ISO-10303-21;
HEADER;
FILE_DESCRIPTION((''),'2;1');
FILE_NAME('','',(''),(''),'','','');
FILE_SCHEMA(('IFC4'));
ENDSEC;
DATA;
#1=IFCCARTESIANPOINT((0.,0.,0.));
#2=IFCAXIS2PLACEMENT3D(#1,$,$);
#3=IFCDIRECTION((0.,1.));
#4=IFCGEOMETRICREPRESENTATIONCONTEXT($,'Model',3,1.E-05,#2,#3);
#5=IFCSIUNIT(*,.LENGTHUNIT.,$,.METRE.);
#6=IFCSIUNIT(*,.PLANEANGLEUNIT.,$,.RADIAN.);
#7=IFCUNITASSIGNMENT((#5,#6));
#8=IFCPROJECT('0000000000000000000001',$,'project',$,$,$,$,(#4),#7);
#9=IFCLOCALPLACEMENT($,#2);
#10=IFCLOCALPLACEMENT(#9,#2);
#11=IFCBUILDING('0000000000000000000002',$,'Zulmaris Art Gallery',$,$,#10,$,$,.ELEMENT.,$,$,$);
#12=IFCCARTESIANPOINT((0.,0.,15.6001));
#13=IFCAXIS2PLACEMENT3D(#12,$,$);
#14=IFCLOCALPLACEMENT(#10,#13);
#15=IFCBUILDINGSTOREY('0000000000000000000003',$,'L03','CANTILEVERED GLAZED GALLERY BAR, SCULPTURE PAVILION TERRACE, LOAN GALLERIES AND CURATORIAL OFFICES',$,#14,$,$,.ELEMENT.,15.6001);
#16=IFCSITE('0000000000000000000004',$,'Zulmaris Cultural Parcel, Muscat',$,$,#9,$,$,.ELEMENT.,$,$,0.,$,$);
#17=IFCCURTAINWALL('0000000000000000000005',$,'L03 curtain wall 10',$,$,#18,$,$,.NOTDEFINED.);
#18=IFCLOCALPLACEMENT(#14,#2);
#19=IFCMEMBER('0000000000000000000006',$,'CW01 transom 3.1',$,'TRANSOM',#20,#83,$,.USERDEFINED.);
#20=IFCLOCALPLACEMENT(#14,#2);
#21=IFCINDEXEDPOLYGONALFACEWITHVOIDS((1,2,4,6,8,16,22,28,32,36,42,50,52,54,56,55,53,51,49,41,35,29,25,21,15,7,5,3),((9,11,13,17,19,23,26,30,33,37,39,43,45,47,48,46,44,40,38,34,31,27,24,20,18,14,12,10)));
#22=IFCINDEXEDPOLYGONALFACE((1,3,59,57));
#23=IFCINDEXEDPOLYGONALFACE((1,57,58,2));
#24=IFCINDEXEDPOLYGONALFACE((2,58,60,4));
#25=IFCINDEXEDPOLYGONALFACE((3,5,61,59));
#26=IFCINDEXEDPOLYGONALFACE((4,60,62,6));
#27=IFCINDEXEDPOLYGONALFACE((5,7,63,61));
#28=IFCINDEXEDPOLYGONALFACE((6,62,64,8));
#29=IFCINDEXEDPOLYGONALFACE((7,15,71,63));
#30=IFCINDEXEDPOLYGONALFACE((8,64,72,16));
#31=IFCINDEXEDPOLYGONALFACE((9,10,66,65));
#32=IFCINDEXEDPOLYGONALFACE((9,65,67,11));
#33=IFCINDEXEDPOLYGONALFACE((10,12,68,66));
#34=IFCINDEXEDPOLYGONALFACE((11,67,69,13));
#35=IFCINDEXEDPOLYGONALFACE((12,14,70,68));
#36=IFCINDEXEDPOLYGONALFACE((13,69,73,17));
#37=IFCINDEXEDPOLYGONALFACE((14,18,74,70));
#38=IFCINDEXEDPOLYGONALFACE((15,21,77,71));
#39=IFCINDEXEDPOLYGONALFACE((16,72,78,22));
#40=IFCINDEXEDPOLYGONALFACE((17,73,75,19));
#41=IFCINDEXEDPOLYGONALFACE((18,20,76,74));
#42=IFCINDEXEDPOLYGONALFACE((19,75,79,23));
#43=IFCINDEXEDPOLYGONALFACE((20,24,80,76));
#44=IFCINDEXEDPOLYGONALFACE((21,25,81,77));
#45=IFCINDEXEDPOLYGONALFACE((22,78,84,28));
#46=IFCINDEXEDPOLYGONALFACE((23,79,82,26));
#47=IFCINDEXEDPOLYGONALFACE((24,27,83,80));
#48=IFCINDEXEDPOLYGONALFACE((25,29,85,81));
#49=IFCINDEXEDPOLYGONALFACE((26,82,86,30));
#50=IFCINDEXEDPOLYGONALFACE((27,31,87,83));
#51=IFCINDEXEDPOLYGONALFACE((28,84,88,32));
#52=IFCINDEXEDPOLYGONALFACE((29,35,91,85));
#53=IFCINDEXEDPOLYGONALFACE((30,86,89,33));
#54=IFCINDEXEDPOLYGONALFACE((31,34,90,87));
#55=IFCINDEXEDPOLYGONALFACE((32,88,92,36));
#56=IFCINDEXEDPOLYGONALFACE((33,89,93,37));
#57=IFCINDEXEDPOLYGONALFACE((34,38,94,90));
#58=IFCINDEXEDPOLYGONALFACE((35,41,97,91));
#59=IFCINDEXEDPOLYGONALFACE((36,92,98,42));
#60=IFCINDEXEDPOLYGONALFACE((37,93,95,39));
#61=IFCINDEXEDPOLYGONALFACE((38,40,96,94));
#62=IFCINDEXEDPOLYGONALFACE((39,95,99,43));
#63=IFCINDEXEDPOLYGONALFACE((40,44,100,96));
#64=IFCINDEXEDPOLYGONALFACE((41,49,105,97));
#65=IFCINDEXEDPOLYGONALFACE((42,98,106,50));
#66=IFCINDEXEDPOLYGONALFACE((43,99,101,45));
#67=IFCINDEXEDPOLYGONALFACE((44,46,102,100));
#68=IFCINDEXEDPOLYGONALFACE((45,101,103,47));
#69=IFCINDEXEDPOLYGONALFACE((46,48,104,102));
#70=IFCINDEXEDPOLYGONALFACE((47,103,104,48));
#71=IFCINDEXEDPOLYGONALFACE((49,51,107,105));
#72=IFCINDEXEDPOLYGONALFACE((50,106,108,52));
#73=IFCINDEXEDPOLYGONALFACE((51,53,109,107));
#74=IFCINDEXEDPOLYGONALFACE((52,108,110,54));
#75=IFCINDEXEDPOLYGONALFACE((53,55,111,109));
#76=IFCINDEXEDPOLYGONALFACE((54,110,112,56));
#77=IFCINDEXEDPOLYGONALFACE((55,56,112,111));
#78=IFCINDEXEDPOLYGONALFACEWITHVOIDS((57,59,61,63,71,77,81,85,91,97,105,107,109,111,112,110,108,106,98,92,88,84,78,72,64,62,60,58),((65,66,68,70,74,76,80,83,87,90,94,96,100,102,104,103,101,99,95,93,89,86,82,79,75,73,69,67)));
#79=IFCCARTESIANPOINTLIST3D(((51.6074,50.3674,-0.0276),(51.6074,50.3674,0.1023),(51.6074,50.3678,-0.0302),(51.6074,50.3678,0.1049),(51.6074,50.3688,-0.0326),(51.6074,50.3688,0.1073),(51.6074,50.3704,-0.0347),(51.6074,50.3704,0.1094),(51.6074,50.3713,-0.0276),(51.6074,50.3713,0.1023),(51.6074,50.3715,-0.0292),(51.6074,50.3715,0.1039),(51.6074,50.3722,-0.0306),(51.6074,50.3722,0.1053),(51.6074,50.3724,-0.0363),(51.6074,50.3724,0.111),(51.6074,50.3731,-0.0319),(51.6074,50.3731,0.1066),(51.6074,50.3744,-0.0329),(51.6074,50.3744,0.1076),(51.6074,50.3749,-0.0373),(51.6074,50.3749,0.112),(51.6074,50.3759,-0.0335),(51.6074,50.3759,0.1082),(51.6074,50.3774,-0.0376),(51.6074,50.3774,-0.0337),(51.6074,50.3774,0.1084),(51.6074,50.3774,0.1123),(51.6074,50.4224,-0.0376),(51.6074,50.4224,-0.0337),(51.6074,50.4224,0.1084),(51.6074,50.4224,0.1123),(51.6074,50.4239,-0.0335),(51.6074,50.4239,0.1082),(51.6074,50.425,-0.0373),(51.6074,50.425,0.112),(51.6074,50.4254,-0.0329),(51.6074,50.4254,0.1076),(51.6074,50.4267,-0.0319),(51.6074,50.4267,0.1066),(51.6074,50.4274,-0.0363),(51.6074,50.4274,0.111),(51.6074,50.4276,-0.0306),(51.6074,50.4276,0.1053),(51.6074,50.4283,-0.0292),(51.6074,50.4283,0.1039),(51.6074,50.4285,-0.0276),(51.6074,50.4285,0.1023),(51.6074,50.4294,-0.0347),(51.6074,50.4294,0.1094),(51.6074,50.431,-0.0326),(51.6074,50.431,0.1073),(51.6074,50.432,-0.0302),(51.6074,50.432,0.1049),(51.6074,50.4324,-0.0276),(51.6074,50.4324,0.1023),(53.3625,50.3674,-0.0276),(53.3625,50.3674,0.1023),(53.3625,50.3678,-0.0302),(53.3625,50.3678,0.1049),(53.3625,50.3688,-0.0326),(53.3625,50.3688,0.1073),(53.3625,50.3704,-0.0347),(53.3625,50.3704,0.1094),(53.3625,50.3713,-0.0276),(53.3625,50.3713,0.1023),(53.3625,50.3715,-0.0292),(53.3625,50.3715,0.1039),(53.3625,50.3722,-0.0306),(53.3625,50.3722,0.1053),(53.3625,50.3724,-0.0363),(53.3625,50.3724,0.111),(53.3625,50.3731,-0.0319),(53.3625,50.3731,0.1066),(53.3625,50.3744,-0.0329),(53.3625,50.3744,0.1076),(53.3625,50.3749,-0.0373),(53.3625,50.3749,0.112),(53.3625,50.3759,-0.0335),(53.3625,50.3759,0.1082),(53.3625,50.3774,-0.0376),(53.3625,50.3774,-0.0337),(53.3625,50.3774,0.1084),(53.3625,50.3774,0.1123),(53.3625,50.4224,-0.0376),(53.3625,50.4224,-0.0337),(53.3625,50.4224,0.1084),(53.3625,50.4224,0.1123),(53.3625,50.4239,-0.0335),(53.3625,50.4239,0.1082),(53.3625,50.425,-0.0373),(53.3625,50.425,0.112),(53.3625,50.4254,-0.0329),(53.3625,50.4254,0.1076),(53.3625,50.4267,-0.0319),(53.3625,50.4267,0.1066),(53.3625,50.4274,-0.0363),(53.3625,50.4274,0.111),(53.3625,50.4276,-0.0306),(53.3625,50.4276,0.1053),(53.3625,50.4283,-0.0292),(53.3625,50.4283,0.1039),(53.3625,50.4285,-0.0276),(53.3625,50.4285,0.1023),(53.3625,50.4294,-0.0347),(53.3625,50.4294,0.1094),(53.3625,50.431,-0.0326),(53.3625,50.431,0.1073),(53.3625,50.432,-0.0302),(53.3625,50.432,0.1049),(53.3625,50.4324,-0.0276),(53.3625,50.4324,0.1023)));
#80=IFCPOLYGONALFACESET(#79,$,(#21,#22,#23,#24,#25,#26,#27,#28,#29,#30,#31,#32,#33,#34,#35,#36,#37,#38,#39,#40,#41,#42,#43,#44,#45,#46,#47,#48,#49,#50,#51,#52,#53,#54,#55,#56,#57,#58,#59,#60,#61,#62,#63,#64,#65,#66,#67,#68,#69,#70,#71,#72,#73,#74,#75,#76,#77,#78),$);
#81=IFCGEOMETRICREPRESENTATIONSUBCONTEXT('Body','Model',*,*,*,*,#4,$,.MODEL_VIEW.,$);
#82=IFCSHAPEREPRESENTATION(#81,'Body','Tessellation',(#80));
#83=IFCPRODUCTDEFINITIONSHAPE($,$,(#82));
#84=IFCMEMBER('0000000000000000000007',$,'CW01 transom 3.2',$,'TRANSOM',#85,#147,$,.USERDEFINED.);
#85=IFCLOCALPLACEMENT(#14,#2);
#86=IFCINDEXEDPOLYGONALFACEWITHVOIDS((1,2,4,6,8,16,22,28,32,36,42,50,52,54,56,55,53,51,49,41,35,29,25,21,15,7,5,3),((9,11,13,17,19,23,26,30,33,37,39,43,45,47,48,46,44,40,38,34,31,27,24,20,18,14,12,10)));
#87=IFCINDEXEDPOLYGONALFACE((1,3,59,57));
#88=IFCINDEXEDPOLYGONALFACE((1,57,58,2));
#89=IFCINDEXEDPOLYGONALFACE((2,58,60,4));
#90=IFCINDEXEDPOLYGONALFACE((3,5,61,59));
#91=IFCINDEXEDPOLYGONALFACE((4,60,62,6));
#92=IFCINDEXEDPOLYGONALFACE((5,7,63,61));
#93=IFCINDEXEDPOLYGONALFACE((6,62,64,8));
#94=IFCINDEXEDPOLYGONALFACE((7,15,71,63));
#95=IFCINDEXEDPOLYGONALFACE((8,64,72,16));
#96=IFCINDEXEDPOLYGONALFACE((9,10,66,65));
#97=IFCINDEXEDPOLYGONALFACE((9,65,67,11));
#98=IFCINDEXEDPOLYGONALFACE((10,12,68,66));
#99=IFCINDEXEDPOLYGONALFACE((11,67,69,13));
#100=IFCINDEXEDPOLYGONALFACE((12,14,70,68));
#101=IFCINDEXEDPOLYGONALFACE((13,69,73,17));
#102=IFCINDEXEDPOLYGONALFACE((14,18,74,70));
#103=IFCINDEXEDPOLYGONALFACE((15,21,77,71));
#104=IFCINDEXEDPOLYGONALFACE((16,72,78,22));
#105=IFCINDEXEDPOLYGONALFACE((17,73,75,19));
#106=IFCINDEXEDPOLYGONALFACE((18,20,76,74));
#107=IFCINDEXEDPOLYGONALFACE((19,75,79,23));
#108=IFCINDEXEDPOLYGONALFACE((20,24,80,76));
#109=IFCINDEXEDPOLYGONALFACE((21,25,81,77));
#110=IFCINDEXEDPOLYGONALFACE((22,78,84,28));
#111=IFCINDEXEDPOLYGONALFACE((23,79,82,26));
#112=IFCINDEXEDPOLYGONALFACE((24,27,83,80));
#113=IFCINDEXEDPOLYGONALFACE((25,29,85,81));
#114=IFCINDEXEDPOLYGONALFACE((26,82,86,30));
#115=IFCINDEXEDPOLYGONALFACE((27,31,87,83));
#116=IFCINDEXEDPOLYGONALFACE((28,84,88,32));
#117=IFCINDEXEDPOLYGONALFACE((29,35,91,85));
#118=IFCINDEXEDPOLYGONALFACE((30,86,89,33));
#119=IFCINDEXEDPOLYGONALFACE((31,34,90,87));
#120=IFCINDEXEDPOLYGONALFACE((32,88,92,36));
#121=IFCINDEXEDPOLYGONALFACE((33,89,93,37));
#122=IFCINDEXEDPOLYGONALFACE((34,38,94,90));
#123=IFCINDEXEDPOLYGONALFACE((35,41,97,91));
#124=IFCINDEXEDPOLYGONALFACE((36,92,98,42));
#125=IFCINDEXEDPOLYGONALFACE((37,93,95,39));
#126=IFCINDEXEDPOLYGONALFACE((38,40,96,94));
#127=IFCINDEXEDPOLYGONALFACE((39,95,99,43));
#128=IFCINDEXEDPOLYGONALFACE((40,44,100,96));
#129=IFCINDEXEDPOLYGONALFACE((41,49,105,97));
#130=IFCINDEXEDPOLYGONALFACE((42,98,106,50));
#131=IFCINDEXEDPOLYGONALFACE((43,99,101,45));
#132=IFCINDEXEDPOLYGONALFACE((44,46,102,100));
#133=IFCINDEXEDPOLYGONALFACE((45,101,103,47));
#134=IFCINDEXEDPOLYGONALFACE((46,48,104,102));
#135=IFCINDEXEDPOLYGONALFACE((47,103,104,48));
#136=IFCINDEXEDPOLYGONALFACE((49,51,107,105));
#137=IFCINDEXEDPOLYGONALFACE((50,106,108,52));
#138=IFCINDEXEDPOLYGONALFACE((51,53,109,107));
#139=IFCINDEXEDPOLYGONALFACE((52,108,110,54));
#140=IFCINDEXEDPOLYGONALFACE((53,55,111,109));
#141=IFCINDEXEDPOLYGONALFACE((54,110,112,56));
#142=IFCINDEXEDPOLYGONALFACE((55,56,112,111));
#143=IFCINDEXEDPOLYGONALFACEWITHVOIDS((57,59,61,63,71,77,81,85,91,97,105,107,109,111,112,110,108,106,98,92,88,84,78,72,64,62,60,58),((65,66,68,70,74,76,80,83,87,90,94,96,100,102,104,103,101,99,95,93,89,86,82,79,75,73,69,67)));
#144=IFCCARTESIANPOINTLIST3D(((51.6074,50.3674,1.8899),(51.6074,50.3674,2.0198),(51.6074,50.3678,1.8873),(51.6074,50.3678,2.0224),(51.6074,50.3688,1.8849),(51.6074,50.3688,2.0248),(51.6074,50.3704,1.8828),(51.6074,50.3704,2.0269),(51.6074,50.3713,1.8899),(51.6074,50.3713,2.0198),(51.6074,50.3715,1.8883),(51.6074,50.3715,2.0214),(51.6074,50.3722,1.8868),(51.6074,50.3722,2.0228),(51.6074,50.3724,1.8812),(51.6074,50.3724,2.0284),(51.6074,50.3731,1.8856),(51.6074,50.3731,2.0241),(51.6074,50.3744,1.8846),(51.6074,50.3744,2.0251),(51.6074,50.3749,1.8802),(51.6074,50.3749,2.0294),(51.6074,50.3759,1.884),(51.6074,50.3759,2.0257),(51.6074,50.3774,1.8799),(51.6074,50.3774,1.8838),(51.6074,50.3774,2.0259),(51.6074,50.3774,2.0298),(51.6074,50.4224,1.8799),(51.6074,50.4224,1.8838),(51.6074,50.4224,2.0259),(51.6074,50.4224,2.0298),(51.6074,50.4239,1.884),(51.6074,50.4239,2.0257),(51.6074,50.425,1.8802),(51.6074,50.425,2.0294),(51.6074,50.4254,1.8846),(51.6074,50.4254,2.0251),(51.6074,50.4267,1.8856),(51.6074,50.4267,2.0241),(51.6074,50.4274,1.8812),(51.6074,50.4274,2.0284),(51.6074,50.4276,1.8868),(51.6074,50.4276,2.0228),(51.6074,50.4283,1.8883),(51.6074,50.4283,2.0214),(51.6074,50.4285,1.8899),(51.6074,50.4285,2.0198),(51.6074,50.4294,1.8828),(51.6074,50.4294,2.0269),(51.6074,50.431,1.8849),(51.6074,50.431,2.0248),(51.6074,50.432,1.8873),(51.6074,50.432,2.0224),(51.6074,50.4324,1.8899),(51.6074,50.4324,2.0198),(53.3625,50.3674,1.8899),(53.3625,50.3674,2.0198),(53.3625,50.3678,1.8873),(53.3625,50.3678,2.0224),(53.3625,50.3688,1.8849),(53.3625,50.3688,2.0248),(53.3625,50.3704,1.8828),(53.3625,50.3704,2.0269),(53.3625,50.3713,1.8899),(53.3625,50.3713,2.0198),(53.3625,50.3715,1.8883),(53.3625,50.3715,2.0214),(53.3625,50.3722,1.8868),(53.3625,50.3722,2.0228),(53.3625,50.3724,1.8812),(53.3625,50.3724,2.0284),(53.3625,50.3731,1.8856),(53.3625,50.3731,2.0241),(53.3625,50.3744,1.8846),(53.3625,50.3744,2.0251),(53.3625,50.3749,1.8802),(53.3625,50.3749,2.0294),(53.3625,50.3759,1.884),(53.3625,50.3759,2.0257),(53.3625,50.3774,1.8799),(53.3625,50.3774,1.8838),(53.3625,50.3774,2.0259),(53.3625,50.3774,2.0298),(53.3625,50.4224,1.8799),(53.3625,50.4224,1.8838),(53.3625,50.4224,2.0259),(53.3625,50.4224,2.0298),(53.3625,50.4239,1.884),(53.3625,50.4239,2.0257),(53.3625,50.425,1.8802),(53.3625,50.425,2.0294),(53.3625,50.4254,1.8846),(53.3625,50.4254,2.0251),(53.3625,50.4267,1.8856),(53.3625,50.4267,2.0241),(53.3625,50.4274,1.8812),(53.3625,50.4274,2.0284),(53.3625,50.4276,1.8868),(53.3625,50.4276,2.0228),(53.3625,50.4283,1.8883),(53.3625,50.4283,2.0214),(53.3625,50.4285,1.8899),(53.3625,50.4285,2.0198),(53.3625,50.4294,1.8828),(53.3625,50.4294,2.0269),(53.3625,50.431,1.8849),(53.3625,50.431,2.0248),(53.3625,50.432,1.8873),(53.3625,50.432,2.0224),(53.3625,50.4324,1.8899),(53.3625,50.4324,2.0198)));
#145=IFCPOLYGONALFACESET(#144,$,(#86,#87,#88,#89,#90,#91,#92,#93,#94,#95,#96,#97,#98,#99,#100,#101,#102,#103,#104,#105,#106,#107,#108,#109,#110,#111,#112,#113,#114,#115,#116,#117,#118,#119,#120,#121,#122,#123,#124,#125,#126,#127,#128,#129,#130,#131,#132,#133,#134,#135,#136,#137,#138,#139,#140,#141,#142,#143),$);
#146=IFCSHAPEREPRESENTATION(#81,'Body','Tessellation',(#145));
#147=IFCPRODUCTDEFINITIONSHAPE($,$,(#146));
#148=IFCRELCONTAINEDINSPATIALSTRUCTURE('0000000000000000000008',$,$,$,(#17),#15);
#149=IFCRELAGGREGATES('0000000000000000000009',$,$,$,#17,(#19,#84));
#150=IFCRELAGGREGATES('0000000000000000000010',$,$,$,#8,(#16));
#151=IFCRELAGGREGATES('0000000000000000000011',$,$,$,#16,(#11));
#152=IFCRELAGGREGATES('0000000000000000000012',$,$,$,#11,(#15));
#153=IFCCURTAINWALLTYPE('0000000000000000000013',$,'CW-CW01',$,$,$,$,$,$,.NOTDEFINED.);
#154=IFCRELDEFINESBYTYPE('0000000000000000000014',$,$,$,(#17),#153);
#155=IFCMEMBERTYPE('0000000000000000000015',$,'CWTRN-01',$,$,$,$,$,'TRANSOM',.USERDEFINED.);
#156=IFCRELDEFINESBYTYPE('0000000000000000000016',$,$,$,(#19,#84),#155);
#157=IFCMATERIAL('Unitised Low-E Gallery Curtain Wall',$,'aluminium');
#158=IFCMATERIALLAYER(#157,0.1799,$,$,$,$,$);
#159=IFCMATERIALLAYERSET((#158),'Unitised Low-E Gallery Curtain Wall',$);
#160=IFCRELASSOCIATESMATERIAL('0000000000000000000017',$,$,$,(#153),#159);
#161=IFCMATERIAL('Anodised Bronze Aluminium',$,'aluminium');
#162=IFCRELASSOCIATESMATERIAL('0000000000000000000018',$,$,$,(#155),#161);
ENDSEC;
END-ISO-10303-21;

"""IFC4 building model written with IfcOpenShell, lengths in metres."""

from ifc_helpers import new_model, si_unit, direction, frame, origin, origin_2d, place, context, subcontext, project, spatial, hollow_rectangle, extrude, material, layer, layer_set, material_profile, profile_set, type_object, element, aggregate, save


model = new_model("IFC4")

# Units and contexts
model_context = context("Model", 3, precision=1e-05, world=origin(), true_north=direction((0.0, 1.0)))
body_context = subcontext(model_context, "Body", "Model", "MODEL_VIEW")
ifc_project = project(units=[si_unit("LENGTHUNIT", "METRE"), si_unit("PLANEANGLEUNIT", "RADIAN")], contexts=[model_context])

# Site, building, storey
site_placement = place(None, origin())
site = spatial("IfcSite", under=ifc_project, at=site_placement, Name="Zulmaris Cultural Parcel, Muscat", CompositionType="ELEMENT", RefElevation=0.0)
building_placement = place(site_placement, origin())
building = spatial("IfcBuilding", under=site, at=building_placement, Name="Zulmaris Art Gallery", CompositionType="ELEMENT")
storey_placement = place(building_placement, frame((0.0, 0.0, 15.6001)))
storey = spatial("IfcBuildingStorey", under=building, at=storey_placement, Name="L03", Description="CANTILEVERED GLAZED GALLERY BAR, SCULPTURE PAVILION TERRACE, LOAN GALLERIES AND CURATORIAL OFFICES", CompositionType="ELEMENT", Elevation=15.6001)

# Curtain wall
ifc_material_1 = material(Name="Unitised Low-E Gallery Curtain Wall", Category="aluminium")
ifc_layer_1 = layer(ifc_material_1, 0.1799)
ifc_layer_set_1 = layer_set([ifc_layer_1], Name="Unitised Low-E Gallery Curtain Wall")
curtain_wall_type = type_object("IfcCurtainWallType", Name="CW-CW01", PredefinedType="NOTDEFINED", material=ifc_layer_set_1)
curtain_wall_1_placement = place(storey_placement, origin())
curtain_wall_1 = element("IfcCurtainWall", 1, at=curtain_wall_1_placement, inside=storey, type_object=curtain_wall_type, Name="L03 curtain wall 10", PredefinedType="NOTDEFINED")
ifc_material_2 = material(Name="Anodised Bronze Aluminium", Category="aluminium")

# Members
ifc_material_profile_1 = material_profile(ifc_material_2, hollow_rectangle(XDim=0.0649, YDim=0.1499, WallThickness=0.0039, InnerFilletRadius=0.0061, OuterFilletRadius=0.01, at=origin_2d()), Name="ALU 65x150x4")
ifc_profile_set_1 = profile_set([ifc_material_profile_1], Name="Anodised Bronze Aluminium")
member_type_1 = type_object("IfcMemberType", Name="CWTRN-01", ElementType="TRANSOM", PredefinedType="USERDEFINED", material=ifc_profile_set_1)
member_1_placement = place(storey_placement, frame((53.3625, 50.3999, 0.0374), z_axis=(-1.0, 0.0, 0.0), x_axis=(0.0, -1.0, 0.0)))
member_1 = element("IfcMember", 2, at=member_1_placement, type_object=member_type_1, Name="CW01 transom 3.1", ObjectType="TRANSOM", PredefinedType="USERDEFINED", context=body_context, shape_type="SweptSolid", body=[
    extrude(hollow_rectangle(XDim=0.0649, YDim=0.1499, WallThickness=0.0039, InnerFilletRadius=0.0061, OuterFilletRadius=0.01, at=origin_2d()), origin(), (0.0, 0.0, 1.0), 1.7551),
])
member_2_placement = place(storey_placement, frame((53.3625, 50.3999, 1.9548), z_axis=(-1.0, 0.0, 0.0), x_axis=(0.0, -1.0, 0.0)))
member_2 = element("IfcMember", 3, at=member_2_placement, type_object=member_type_1, Name="CW01 transom 3.2", ObjectType="TRANSOM", PredefinedType="USERDEFINED", context=body_context, shape_type="SweptSolid", body=[
    extrude(hollow_rectangle(XDim=0.0649, YDim=0.1499, WallThickness=0.0039, InnerFilletRadius=0.0061, OuterFilletRadius=0.01, at=origin_2d()), origin(), (0.0, 0.0, 1.0), 1.7551),
])

aggregate(curtain_wall_1, [member_1, member_2])

save(model, "model.ifc")
